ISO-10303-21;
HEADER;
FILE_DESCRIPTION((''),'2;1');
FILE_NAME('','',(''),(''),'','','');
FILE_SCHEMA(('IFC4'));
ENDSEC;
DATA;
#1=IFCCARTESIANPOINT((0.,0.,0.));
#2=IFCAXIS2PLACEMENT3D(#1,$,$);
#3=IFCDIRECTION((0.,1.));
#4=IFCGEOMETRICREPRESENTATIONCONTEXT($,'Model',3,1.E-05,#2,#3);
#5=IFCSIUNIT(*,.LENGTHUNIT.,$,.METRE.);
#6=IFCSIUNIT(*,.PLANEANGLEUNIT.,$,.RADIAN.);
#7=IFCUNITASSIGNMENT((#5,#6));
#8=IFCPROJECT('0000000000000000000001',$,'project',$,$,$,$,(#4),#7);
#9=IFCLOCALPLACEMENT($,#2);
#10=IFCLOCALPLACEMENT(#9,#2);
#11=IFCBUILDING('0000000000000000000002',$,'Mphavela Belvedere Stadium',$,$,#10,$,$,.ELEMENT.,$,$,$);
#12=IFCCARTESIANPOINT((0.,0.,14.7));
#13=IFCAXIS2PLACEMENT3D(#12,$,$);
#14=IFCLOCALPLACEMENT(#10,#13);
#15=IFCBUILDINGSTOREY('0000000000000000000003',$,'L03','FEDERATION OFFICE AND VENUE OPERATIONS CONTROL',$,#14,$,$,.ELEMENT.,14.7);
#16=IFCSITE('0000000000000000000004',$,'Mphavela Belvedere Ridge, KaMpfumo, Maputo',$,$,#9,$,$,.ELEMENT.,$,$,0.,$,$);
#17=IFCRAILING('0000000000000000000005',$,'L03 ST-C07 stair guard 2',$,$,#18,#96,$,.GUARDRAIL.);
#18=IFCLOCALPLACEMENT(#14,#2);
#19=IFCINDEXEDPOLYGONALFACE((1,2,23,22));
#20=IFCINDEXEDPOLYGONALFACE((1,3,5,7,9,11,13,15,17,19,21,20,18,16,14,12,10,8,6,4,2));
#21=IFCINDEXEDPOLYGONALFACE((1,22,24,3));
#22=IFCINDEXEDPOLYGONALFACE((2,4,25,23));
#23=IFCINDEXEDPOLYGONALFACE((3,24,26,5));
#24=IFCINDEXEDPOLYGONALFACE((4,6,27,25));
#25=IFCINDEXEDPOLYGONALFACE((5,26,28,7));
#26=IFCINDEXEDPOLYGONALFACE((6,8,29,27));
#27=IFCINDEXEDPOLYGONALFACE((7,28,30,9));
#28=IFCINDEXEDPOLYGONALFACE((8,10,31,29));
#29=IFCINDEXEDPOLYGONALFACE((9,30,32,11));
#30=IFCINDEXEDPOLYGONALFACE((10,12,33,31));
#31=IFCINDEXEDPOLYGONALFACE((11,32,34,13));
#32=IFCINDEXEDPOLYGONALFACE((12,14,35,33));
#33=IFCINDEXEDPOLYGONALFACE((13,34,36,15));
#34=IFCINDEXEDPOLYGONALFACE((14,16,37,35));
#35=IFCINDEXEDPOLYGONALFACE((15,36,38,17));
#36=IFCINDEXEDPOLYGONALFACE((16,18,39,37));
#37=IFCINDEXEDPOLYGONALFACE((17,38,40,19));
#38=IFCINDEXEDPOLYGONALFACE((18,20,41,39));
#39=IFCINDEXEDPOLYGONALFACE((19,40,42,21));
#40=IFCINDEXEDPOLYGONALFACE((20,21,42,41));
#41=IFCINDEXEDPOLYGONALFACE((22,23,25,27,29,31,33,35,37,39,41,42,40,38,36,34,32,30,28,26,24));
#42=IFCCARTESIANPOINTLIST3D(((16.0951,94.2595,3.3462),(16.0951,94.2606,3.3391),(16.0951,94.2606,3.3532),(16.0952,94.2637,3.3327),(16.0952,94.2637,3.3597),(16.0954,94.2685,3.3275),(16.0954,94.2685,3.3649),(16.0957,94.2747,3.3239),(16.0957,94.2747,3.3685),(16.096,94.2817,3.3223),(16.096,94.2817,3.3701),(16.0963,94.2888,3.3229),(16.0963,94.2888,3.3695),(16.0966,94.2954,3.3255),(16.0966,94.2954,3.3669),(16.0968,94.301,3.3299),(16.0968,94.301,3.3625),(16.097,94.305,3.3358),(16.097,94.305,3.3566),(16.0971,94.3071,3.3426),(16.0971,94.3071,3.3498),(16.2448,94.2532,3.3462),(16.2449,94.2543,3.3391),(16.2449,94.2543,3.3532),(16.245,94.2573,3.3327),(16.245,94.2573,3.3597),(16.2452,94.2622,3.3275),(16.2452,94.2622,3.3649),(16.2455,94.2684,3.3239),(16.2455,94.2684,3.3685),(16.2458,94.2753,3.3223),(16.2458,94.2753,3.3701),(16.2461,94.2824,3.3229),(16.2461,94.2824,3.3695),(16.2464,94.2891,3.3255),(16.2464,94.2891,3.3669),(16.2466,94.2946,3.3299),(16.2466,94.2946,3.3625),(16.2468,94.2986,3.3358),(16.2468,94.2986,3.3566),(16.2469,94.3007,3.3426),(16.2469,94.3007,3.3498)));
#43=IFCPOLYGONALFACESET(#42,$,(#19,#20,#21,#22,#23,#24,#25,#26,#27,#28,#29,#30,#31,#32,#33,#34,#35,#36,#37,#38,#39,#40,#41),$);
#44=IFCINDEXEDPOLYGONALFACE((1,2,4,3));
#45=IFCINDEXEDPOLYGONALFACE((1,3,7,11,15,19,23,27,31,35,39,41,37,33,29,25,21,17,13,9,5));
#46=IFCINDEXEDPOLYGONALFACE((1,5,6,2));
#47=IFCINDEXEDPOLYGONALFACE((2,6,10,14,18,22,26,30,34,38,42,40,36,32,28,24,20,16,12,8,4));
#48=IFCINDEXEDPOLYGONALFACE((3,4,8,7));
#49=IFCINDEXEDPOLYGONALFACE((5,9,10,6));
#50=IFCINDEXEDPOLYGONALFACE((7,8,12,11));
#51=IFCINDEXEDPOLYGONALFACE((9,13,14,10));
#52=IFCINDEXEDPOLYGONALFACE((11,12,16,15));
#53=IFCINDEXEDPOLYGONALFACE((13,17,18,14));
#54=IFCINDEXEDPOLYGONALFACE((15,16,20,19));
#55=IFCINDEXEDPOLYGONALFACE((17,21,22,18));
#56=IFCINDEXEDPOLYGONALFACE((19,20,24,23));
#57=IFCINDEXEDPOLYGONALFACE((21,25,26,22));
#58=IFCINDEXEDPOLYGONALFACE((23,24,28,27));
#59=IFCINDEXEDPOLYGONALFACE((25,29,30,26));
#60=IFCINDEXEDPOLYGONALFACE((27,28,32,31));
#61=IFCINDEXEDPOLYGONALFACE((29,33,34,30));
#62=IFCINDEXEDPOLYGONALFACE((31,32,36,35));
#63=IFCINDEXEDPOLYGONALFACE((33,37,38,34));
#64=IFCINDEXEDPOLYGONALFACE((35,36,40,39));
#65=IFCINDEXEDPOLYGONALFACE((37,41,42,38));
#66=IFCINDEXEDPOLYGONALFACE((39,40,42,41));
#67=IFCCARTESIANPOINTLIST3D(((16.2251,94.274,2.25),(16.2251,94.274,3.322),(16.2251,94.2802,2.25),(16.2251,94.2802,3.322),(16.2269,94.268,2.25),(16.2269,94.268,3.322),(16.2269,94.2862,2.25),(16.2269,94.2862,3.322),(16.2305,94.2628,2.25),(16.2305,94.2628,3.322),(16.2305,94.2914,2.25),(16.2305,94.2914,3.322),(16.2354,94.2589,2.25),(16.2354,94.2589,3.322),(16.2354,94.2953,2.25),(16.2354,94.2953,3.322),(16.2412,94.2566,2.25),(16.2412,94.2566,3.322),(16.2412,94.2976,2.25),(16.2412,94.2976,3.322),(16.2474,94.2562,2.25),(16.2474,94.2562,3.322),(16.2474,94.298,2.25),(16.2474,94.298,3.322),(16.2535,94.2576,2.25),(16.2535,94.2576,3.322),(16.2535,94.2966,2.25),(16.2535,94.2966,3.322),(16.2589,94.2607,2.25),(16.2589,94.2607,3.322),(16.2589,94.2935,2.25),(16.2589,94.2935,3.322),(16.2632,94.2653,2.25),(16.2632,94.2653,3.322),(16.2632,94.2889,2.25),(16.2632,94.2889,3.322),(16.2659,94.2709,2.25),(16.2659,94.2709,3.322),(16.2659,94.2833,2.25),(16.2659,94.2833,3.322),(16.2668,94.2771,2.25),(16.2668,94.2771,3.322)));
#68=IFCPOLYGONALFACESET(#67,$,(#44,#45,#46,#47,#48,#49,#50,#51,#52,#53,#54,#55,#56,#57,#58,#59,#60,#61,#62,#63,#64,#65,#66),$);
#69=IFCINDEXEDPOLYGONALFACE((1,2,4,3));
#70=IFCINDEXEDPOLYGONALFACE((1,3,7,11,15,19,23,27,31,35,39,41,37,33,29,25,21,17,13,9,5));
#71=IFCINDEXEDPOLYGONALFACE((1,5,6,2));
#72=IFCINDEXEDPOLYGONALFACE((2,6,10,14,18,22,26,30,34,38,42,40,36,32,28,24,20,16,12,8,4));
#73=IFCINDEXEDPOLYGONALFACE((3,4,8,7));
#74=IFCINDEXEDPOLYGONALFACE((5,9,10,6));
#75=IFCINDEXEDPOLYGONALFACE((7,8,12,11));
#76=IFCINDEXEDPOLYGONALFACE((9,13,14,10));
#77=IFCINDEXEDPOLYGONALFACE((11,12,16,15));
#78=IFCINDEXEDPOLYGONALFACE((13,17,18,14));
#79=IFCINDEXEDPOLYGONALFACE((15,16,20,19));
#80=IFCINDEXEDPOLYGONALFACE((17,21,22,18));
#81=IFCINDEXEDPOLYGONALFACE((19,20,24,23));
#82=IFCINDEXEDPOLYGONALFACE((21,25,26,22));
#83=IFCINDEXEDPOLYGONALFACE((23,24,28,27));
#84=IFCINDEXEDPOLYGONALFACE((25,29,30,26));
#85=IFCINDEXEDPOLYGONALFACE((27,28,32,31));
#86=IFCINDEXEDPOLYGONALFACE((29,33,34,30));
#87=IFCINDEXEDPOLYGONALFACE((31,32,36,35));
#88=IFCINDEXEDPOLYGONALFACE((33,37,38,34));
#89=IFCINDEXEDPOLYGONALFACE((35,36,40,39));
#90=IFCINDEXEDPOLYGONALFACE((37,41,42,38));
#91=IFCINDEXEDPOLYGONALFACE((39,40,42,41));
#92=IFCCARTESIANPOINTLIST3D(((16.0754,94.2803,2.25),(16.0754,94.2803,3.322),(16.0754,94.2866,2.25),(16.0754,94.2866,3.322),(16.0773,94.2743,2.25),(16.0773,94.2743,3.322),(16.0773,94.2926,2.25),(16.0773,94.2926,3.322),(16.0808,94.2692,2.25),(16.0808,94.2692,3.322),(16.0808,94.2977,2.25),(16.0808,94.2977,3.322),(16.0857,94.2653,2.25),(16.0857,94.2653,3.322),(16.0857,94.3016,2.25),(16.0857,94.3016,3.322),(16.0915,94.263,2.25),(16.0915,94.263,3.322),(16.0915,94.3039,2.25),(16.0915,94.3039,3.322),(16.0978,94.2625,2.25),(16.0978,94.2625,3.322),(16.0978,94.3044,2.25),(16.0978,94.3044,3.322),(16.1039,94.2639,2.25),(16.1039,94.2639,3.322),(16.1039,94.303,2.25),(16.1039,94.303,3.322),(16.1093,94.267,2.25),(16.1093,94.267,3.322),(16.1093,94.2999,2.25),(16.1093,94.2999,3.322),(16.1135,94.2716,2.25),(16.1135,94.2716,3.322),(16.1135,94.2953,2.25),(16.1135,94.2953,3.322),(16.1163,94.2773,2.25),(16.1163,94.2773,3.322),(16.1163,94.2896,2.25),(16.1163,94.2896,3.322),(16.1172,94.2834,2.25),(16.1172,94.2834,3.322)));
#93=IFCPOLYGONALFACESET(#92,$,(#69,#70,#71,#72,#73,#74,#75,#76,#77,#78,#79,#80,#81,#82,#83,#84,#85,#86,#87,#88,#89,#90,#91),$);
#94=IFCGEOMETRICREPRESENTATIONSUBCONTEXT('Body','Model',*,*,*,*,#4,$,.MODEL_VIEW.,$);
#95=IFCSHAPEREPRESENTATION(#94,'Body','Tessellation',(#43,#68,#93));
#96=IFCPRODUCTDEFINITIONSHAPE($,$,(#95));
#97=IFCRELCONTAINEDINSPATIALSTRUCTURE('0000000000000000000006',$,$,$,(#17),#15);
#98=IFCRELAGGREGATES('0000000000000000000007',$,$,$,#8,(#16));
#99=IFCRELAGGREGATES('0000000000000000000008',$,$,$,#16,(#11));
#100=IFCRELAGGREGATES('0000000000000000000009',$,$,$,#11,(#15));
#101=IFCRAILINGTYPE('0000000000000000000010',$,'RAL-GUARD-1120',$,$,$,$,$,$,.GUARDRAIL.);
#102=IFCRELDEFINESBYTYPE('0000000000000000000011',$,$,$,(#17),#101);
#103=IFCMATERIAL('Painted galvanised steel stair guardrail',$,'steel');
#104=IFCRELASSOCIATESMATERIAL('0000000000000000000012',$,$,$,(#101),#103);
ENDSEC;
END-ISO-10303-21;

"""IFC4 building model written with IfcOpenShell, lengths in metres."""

from ifc_helpers import new_model, si_unit, direction, frame, origin, origin_2d, place, context, subcontext, project, spatial, circle, extrude, material, type_object, element, save


model = new_model("IFC4")

# Units and contexts
model_context = context("Model", 3, precision=1e-05, world=origin(), true_north=direction((0.0, 1.0)))
body_context = subcontext(model_context, "Body", "Model", "MODEL_VIEW")
ifc_project = project(units=[si_unit("LENGTHUNIT", "METRE"), si_unit("PLANEANGLEUNIT", "RADIAN")], contexts=[model_context])

# Site, building, storey
site_placement = place(None, origin())
site = spatial("IfcSite", under=ifc_project, at=site_placement, Name="Mphavela Belvedere Ridge, KaMpfumo, Maputo", CompositionType="ELEMENT", RefElevation=0.0)
building_placement = place(site_placement, origin())
building = spatial("IfcBuilding", under=site, at=building_placement, Name="Mphavela Belvedere Stadium", CompositionType="ELEMENT")
storey_placement = place(building_placement, frame((0.0, 0.0, 14.7)))
storey = spatial("IfcBuildingStorey", under=building, at=storey_placement, Name="L03", Description="FEDERATION OFFICE AND VENUE OPERATIONS CONTROL", CompositionType="ELEMENT", Elevation=14.7)

# Railing
ifc_material_1 = material(Name="Painted galvanised steel stair guardrail", Category="steel")
railing_type_1 = type_object("IfcRailingType", Name="RAL-GUARD-1120", PredefinedType="GUARDRAIL", material=ifc_material_1)
railing_1_placement = place(storey_placement, frame((16.2458, 94.2771, 2.25)))
element("IfcRailing", 1, at=railing_1_placement, inside=storey, type_object=railing_type_1, Name="L03 ST-C07 stair guard 2", PredefinedType="GUARDRAIL", context=body_context, shape_type="SweptSolid", body=[
    extrude(circle(Radius=0.0239, at=origin_2d()), frame((0.0, 0.0, 1.0962), z_axis=(-0.999102, 0.042376, 0.0), x_axis=(-0.042376, -0.999102, 0.0)), (0.0, 0.0, 1.0), 0.1499),
    extrude(circle(Radius=0.021, at=origin_2d()), origin(), (0.0, 0.0, 1.0), 1.072),
    extrude(circle(Radius=0.021, at=origin_2d()), frame((-0.1497, 0.0063, 0.0)), (0.0, 0.0, 1.0), 1.072),
])

save(model, "model.ifc")
